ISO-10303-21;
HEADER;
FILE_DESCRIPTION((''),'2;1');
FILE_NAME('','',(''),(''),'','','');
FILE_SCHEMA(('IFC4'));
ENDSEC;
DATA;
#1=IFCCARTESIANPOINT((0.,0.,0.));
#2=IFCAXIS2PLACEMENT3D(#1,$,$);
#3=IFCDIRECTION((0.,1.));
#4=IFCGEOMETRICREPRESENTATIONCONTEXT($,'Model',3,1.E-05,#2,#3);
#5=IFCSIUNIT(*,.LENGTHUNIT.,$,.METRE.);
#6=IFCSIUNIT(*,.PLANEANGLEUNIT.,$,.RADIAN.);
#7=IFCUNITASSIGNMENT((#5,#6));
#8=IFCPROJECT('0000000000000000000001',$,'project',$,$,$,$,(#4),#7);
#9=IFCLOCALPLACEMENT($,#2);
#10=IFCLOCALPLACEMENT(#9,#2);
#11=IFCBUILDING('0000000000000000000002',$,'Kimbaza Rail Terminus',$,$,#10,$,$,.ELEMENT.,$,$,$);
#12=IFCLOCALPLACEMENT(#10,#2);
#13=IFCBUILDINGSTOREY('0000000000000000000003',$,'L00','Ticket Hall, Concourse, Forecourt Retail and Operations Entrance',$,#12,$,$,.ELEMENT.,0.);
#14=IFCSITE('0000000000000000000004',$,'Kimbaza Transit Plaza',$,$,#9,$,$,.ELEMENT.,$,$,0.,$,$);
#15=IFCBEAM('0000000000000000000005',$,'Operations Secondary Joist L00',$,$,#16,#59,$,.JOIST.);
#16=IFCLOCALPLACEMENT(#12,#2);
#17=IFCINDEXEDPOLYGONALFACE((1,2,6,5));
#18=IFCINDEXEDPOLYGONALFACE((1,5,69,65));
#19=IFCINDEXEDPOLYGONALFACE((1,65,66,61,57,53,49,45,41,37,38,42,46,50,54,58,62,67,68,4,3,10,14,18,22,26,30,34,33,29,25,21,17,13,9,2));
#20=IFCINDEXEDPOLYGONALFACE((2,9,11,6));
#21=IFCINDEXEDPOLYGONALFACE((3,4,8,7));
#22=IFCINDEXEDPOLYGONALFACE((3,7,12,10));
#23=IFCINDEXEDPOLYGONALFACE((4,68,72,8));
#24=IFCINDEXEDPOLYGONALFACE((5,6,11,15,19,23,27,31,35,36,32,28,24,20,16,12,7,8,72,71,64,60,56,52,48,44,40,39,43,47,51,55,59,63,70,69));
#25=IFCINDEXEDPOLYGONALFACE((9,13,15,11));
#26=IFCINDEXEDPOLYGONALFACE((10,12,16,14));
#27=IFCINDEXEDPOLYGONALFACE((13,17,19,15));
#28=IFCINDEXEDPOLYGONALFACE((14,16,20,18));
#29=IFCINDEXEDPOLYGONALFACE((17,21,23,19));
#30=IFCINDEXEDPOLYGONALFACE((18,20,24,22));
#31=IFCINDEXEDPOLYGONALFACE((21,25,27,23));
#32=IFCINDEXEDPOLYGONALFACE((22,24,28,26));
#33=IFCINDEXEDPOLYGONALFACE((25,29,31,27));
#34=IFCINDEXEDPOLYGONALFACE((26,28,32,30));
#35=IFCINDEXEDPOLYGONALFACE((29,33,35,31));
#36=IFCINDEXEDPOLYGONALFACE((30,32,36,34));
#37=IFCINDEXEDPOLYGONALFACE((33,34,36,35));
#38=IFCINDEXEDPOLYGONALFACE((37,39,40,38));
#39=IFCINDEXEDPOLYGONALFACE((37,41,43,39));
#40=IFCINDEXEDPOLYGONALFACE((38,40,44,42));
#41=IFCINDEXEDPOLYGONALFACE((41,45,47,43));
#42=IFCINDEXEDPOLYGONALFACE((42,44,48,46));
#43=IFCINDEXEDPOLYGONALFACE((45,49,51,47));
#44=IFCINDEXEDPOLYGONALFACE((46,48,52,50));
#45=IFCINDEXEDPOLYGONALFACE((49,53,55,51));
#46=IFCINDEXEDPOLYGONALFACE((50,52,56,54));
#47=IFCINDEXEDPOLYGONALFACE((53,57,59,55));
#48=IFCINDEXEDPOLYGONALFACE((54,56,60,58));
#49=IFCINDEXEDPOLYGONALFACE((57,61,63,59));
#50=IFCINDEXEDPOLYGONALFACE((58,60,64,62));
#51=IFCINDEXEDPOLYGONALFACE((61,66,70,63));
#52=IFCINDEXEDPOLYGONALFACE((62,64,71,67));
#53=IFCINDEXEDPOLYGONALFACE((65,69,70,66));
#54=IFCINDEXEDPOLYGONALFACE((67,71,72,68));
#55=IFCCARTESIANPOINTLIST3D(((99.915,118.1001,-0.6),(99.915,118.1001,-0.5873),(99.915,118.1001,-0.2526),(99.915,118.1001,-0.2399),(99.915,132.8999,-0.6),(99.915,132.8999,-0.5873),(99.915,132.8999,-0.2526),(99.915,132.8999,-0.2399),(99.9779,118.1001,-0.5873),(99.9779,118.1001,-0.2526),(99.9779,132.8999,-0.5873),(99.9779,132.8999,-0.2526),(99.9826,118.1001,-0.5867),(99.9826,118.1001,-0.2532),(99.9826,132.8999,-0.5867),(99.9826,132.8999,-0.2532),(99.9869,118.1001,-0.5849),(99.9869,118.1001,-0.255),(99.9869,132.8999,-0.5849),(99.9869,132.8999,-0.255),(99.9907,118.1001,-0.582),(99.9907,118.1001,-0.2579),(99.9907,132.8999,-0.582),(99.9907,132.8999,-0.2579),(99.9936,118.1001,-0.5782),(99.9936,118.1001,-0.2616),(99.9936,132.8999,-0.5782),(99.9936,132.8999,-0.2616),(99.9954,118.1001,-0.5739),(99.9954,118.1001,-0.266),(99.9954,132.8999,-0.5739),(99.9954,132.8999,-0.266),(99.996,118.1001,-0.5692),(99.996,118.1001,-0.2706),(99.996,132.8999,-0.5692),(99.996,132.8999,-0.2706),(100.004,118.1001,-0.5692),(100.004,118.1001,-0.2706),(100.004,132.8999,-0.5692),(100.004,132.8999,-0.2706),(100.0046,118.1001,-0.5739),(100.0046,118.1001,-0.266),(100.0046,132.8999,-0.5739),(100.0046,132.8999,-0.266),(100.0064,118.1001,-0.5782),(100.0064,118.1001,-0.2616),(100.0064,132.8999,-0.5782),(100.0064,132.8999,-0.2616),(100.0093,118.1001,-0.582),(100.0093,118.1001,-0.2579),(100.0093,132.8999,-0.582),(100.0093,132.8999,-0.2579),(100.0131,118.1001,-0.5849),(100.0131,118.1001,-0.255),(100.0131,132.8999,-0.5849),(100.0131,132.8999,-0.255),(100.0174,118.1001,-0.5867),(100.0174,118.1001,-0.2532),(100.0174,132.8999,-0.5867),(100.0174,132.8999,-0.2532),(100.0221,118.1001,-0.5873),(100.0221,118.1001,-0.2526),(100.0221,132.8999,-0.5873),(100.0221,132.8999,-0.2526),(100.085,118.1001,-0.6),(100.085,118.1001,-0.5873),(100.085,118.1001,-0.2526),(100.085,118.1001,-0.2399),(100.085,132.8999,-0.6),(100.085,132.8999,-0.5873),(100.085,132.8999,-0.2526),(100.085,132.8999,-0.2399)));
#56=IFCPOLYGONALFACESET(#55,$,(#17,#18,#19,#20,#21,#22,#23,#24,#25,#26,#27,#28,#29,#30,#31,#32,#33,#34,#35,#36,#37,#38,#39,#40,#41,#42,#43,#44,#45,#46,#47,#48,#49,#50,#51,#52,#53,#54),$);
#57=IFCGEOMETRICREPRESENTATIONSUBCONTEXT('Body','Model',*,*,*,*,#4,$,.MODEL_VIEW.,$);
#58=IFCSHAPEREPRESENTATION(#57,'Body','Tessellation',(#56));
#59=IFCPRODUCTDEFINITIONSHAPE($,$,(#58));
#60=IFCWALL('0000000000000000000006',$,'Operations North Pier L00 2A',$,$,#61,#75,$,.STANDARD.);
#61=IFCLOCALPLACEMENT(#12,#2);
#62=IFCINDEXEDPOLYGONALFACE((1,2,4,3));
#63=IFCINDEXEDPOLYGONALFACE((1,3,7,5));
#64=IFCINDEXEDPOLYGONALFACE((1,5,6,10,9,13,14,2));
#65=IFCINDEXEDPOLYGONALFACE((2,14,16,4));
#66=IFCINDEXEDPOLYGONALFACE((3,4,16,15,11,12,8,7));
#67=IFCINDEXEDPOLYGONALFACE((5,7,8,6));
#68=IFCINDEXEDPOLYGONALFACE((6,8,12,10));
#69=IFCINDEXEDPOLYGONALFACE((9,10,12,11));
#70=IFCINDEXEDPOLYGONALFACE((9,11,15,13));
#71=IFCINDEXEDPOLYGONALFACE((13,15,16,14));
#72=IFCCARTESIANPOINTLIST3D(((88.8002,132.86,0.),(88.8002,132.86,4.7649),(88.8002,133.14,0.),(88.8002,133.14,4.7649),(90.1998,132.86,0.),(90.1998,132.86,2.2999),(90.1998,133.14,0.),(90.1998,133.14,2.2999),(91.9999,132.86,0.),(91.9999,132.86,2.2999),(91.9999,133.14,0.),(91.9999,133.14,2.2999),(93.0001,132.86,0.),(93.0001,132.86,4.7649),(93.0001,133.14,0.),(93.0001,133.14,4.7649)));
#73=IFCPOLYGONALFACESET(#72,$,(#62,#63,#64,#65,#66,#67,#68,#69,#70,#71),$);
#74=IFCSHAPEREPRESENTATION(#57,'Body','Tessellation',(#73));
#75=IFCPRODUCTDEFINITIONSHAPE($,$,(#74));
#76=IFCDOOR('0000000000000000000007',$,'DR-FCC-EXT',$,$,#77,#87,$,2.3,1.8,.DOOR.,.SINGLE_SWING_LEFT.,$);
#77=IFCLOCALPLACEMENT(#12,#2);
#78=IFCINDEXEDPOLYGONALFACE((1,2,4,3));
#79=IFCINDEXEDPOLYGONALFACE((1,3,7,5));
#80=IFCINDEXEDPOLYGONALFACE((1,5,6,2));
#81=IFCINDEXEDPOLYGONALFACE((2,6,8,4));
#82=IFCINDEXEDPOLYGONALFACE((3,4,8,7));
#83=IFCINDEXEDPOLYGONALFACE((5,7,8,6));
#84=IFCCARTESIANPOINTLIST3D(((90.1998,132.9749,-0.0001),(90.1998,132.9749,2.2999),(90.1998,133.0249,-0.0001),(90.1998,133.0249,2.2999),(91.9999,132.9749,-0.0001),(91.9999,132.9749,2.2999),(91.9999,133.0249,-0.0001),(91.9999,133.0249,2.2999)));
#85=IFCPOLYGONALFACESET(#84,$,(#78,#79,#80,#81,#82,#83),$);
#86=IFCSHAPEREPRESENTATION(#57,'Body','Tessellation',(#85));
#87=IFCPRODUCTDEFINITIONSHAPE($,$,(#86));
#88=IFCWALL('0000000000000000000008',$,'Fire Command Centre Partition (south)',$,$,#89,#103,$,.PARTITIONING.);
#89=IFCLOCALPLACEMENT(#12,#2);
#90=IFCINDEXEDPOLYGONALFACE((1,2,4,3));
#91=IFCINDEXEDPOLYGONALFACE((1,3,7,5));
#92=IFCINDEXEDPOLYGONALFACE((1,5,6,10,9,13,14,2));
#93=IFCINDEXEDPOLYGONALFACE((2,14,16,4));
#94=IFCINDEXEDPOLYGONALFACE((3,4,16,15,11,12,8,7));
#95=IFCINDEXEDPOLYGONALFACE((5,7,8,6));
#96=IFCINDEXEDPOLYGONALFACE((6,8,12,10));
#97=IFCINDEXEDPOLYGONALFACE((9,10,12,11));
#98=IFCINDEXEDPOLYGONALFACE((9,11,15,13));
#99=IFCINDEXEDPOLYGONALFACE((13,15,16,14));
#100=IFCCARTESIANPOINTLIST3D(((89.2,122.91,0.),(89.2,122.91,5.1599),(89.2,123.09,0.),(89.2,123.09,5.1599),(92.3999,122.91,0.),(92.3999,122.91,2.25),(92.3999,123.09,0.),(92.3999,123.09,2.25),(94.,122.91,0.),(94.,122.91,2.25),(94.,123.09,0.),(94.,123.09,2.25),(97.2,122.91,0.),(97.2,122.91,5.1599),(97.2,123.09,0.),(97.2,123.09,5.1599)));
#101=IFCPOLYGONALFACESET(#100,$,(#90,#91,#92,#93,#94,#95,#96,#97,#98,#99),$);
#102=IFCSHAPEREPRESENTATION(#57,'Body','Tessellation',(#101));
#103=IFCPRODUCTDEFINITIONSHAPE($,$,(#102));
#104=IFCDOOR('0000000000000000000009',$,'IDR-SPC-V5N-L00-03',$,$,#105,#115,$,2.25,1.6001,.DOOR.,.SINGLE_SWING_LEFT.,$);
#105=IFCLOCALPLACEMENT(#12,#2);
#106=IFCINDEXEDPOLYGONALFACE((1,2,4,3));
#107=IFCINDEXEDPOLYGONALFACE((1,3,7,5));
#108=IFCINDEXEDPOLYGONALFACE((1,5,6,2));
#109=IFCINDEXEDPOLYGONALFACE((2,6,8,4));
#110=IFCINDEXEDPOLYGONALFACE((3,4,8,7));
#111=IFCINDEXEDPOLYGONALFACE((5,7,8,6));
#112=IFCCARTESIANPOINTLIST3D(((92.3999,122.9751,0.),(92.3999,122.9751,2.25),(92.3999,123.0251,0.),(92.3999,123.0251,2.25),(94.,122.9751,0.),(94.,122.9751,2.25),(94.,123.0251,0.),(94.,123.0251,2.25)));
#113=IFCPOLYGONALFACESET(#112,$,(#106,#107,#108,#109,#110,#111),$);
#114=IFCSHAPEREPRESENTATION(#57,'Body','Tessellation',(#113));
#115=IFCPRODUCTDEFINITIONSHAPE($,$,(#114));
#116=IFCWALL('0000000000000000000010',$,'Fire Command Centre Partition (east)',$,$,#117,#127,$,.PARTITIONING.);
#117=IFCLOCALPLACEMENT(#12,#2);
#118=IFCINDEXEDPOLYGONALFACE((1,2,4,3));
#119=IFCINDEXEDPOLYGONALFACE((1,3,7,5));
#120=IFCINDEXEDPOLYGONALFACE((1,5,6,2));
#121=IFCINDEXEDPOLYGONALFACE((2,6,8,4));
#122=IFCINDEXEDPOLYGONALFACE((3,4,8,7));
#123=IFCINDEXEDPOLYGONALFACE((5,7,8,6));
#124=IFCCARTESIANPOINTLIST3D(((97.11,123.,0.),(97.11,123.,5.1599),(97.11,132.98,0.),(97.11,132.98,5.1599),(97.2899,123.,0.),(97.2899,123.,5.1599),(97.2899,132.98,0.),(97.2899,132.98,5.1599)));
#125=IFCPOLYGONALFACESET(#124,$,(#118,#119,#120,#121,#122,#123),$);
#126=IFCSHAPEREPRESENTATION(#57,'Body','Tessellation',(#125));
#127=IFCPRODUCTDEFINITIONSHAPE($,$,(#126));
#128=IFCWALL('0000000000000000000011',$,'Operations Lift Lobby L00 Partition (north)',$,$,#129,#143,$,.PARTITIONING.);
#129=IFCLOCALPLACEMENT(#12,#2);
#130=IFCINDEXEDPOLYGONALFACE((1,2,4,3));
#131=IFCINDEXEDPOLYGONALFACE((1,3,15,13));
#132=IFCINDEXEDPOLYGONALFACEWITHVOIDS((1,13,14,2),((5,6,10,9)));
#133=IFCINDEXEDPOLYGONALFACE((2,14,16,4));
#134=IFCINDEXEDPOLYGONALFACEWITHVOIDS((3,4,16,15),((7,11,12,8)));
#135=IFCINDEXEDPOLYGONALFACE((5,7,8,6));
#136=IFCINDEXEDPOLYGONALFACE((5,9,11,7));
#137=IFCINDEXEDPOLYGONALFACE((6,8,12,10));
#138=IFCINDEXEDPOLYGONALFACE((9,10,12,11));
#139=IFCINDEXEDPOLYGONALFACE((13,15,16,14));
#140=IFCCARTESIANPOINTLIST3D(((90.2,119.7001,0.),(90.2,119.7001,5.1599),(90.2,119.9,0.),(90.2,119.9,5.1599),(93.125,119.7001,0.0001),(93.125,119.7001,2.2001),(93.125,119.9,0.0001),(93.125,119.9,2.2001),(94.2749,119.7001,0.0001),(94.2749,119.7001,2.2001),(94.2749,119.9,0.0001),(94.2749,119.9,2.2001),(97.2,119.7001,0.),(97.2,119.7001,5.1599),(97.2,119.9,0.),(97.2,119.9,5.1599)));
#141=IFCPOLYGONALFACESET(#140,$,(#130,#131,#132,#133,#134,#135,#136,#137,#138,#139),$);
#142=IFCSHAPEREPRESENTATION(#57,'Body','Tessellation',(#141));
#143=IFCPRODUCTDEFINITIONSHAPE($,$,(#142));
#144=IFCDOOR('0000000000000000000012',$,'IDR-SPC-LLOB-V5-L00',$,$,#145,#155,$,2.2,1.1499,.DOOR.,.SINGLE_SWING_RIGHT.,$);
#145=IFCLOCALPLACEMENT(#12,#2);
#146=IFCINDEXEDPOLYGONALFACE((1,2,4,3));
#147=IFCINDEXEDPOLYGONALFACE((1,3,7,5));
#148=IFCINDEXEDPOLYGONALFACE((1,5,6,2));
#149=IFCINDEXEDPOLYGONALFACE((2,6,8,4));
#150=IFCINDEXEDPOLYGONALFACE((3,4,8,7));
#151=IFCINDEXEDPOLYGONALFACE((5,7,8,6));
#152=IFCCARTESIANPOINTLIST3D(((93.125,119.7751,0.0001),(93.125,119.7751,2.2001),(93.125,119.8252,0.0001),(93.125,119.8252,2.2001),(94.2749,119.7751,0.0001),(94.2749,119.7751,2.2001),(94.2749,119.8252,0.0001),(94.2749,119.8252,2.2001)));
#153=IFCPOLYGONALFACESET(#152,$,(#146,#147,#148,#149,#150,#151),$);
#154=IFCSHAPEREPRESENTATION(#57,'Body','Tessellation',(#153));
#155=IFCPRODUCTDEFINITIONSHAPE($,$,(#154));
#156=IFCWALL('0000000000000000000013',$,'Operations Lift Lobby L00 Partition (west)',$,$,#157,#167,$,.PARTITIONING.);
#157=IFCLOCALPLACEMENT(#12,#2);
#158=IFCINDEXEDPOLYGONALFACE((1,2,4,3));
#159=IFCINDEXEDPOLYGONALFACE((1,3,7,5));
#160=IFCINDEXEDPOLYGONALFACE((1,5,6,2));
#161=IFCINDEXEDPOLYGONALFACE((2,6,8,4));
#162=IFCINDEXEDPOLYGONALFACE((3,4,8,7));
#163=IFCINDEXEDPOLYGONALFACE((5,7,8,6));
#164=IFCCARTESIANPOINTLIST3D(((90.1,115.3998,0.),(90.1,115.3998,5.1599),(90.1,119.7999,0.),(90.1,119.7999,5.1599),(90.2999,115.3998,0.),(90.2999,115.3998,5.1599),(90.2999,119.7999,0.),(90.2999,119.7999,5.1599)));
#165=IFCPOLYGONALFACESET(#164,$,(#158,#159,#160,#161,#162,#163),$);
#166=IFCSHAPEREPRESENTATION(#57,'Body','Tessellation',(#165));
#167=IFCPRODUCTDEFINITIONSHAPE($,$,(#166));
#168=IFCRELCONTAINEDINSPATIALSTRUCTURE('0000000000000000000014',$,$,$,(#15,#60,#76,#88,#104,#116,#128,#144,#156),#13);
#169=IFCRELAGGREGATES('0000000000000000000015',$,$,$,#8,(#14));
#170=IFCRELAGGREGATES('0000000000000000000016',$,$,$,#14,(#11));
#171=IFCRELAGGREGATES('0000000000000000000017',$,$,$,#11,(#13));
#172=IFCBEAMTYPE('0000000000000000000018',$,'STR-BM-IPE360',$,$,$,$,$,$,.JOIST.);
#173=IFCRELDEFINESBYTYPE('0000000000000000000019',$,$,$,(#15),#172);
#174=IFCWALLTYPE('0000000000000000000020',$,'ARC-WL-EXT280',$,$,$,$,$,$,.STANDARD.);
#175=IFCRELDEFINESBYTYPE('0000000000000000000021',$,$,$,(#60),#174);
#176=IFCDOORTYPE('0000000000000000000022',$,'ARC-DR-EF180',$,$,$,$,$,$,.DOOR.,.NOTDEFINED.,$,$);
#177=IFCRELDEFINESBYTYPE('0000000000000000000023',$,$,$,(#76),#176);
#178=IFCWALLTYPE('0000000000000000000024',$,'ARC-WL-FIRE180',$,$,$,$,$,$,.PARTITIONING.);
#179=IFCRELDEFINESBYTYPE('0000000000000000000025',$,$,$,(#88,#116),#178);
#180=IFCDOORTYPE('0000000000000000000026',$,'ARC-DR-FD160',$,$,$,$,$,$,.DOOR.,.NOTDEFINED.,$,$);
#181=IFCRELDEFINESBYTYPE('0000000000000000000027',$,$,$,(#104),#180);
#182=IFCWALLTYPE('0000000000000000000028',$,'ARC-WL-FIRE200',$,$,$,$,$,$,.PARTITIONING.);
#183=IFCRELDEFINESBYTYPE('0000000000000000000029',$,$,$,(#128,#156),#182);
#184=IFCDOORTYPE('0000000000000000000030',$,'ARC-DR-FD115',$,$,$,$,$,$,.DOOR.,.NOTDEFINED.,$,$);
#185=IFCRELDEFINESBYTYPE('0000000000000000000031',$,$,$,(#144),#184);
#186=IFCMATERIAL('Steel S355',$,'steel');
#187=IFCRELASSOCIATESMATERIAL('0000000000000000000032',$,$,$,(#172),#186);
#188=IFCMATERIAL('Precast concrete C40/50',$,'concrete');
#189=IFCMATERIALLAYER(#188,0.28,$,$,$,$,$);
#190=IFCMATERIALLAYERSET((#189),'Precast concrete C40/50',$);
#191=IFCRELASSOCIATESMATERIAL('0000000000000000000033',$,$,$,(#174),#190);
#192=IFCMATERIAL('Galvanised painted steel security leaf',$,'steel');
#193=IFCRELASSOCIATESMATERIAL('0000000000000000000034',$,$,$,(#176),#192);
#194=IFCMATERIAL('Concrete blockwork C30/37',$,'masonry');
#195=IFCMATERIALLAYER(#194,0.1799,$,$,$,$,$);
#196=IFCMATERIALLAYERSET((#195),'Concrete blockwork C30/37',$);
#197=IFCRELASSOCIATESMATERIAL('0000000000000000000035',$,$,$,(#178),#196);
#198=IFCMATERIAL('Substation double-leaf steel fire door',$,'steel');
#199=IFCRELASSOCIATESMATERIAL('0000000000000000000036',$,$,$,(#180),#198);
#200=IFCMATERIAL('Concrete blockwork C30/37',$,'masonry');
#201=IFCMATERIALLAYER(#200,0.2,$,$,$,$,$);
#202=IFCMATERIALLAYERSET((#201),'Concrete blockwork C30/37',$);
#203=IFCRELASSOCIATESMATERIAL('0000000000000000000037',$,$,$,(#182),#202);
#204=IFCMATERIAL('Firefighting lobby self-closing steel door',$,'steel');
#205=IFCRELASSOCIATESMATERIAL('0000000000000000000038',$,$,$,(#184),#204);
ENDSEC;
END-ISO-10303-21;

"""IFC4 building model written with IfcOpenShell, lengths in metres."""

from ifc_helpers import new_model, si_unit, direction, frame, frame_2d, origin, origin_2d, place, context, subcontext, project, spatial, rectangle, i_section, extrude, material, layer, layer_set, material_profile, profile_set, type_object, element, fill, save


model = new_model("IFC4")

# Units and contexts
model_context = context("Model", 3, precision=1e-05, world=origin(), true_north=direction((0.0, 1.0)))
body_context = subcontext(model_context, "Body", "Model", "MODEL_VIEW")
ifc_project = project(units=[si_unit("LENGTHUNIT", "METRE"), si_unit("PLANEANGLEUNIT", "RADIAN")], contexts=[model_context])

# Site, building, storey
site_placement = place(None, origin())
site = spatial("IfcSite", under=ifc_project, at=site_placement, Name="Kimbaza Transit Plaza", CompositionType="ELEMENT", RefElevation=0.0)
building_placement = place(site_placement, origin())
building = spatial("IfcBuilding", under=site, at=building_placement, Name="Kimbaza Rail Terminus", CompositionType="ELEMENT")
storey_placement = place(building_placement, origin())
storey = spatial("IfcBuildingStorey", under=building, at=storey_placement, Name="L00", Description="Ticket Hall, Concourse, Forecourt Retail and Operations Entrance", CompositionType="ELEMENT", Elevation=0.0)

# Beam
ifc_material_1 = material(Name="Steel S355", Category="steel")
ifc_material_profile_1 = material_profile(ifc_material_1, i_section(OverallWidth=0.1699, OverallDepth=0.3601, WebThickness=0.0081, FlangeThickness=0.0127, FilletRadius=0.0181, at=origin_2d()), Name="IPE 360")
ifc_profile_set_1 = profile_set([ifc_material_profile_1], Name="Steel S355")
beam_type_1 = type_object("IfcBeamType", Name="STR-BM-IPE360", PredefinedType="JOIST", material=ifc_profile_set_1)
for number, where, z_axis, x_axis, name in (
    (1, (100.0, 118.1001, -0.4199), (0.0, 1.0, 0.0), (-1.0, 0.0, 0.0), "Operations Secondary Joist L00"),
):
    element("IfcBeam", number, at=place(storey_placement, frame(where, z_axis=z_axis, x_axis=x_axis)), inside=storey, type_object=beam_type_1, Name=name, PredefinedType="JOIST", context=body_context, shape_type="SweptSolid", body=[
        extrude(i_section(OverallWidth=0.1699, OverallDepth=0.3601, WebThickness=0.0081, FlangeThickness=0.0127, FilletRadius=0.0181, at=origin_2d()), origin(), (0.0, 0.0, 1.0), 14.7998),
    ])

# Walls, openings, doors
ifc_material_2 = material(Name="Precast concrete C40/50", Category="concrete")
ifc_layer_1 = layer(ifc_material_2, 0.28)
ifc_layer_set_1 = layer_set([ifc_layer_1], Name="Precast concrete C40/50")
wall_type_1 = type_object("IfcWallType", Name="ARC-WL-EXT280", PredefinedType="STANDARD", material=ifc_layer_set_1)
wall_1_placement = place(storey_placement, frame((88.8, 133.0, 0.0), z_axis=(0.0, 0.0, 1.0), x_axis=(1.0, 0.0, 0.0)))
wall_1 = element("IfcWall", 2, at=wall_1_placement, inside=storey, type_object=wall_type_1, Name="Operations North Pier L00 2A", PredefinedType="STANDARD", context=body_context, shape_type="SweptSolid", body=[
    extrude(rectangle(XDim=4.2, YDim=0.28, at=frame_2d((2.1001, 0.0))), origin(), (0.0, 0.0, 1.0), 4.7649),
])
opening_1_placement = place(wall_1_placement, frame((1.3999, 0.0, 0.0)))
opening_1 = element("IfcOpeningElement", 3, at=opening_1_placement, cuts=wall_1, PredefinedType="OPENING", context=body_context, shape_type="SweptSolid", body=[
    extrude(rectangle(XDim=1.8, YDim=2.3, at=frame_2d((0.8999, 1.1499))), frame((0.0, 0.1499, 0.0), z_axis=(0.0, -1.0, 0.0), x_axis=(1.0, 0.0, 0.0)), (0.0, 0.0, 1.0), 0.3),
])
ifc_material_3 = material(Name="Galvanised painted steel security leaf", Category="steel")
door_type_1 = type_object("IfcDoorType", Name="ARC-DR-EF180", OperationType="NOTDEFINED", PredefinedType="DOOR", material=ifc_material_3)
door_1_placement = place(opening_1_placement, origin())
door_1 = element("IfcDoor", 4, at=door_1_placement, inside=storey, type_object=door_type_1, Name="DR-FCC-EXT", OperationType="SINGLE_SWING_LEFT", OverallHeight=2.3, OverallWidth=1.8, PredefinedType="DOOR", context=body_context, shape_type="SweptSolid", body=[
    extrude(rectangle(XDim=1.8, YDim=2.3, at=frame_2d((0.8999, 1.1499))), frame((0.0, 0.0249, 0.0), z_axis=(0.0, -1.0, 0.0), x_axis=(1.0, 0.0, 0.0)), (0.0, 0.0, 1.0), 0.05),
])
fill(opening_1, door_1)
ifc_material_4 = material(Name="Concrete blockwork C30/37", Category="masonry")
ifc_layer_2 = layer(ifc_material_4, 0.1799)
ifc_layer_set_2 = layer_set([ifc_layer_2], Name="Concrete blockwork C30/37")
wall_type_2 = type_object("IfcWallType", Name="ARC-WL-FIRE180", PredefinedType="PARTITIONING", material=ifc_layer_set_2)
wall_2_placement = place(storey_placement, frame((89.2, 123.0, 0.0), z_axis=(0.0, 0.0, 1.0), x_axis=(1.0, 0.0, 0.0)))
wall_2 = element("IfcWall", 5, at=wall_2_placement, inside=storey, type_object=wall_type_2, Name="Fire Command Centre Partition (south)", PredefinedType="PARTITIONING", context=body_context, shape_type="SweptSolid", body=[
    extrude(rectangle(XDim=8.0, YDim=0.1799, at=frame_2d((4.0, 0.0))), origin(), (0.0, 0.0, 1.0), 5.1599),
])
opening_2_placement = place(wall_2_placement, frame((4.8, 0.0, 0.0), z_axis=(0.0, 0.0, 1.0), x_axis=(-1.0, 0.0, 0.0)))
opening_2 = element("IfcOpeningElement", 6, at=opening_2_placement, cuts=wall_2, PredefinedType="OPENING", context=body_context, shape_type="SweptSolid", body=[
    extrude(rectangle(XDim=1.6001, YDim=2.25, at=frame_2d((0.8, 1.125))), frame((0.0, 0.0999, 0.0), z_axis=(0.0, -1.0, 0.0), x_axis=(1.0, 0.0, 0.0)), (0.0, 0.0, 1.0), 0.2),
])
ifc_material_5 = material(Name="Substation double-leaf steel fire door", Category="steel")
door_type_2 = type_object("IfcDoorType", Name="ARC-DR-FD160", OperationType="NOTDEFINED", PredefinedType="DOOR", material=ifc_material_5)
door_2_placement = place(opening_2_placement, origin())
door_2 = element("IfcDoor", 7, at=door_2_placement, inside=storey, type_object=door_type_2, Name="IDR-SPC-V5N-L00-03", OperationType="SINGLE_SWING_LEFT", OverallHeight=2.25, OverallWidth=1.6001, PredefinedType="DOOR", context=body_context, shape_type="SweptSolid", body=[
    extrude(rectangle(XDim=1.6001, YDim=2.25, at=frame_2d((0.8, 1.125))), frame((0.0, 0.0249, 0.0), z_axis=(0.0, -1.0, 0.0), x_axis=(1.0, 0.0, 0.0)), (0.0, 0.0, 1.0), 0.05),
])
fill(opening_2, door_2)

# Wall
wall_3_placement = place(storey_placement, frame((97.2, 123.0, 0.0), z_axis=(0.0, 0.0, 1.0), x_axis=(0.0, 1.0, 0.0)))
element("IfcWall", 8, at=wall_3_placement, inside=storey, type_object=wall_type_2, Name="Fire Command Centre Partition (east)", PredefinedType="PARTITIONING", context=body_context, shape_type="SweptSolid", body=[
    extrude(rectangle(XDim=9.98, YDim=0.1799, at=frame_2d((4.99, 0.0))), origin(), (0.0, 0.0, 1.0), 5.1599),
])

# Wall, opening, door
ifc_material_6 = material(Name="Concrete blockwork C30/37", Category="masonry")
ifc_layer_3 = layer(ifc_material_6, 0.2)
ifc_layer_set_3 = layer_set([ifc_layer_3], Name="Concrete blockwork C30/37")
wall_type_3 = type_object("IfcWallType", Name="ARC-WL-FIRE200", PredefinedType="PARTITIONING", material=ifc_layer_set_3)
wall_4_placement = place(storey_placement, frame((97.2, 119.8, 0.0), z_axis=(0.0, 0.0, 1.0), x_axis=(-1.0, 0.0, 0.0)))
wall_4 = element("IfcWall", 9, at=wall_4_placement, inside=storey, type_object=wall_type_3, Name="Operations Lift Lobby L00 Partition (north)", PredefinedType="PARTITIONING", context=body_context, shape_type="SweptSolid", body=[
    extrude(rectangle(XDim=7.0, YDim=0.2, at=frame_2d((3.5, 0.0))), origin(), (0.0, 0.0, 1.0), 5.1599),
])
opening_3_placement = place(wall_4_placement, frame((2.925, 0.0, 0.0)))
opening_3 = element("IfcOpeningElement", 10, at=opening_3_placement, cuts=wall_4, PredefinedType="OPENING", context=body_context, shape_type="SweptSolid", body=[
    extrude(rectangle(XDim=1.1499, YDim=2.2, at=frame_2d((0.575, 1.1001))), frame((0.0, 0.1099, 0.0), z_axis=(0.0, -1.0, 0.0), x_axis=(1.0, 0.0, 0.0)), (0.0, 0.0, 1.0), 0.22),
])
ifc_material_7 = material(Name="Firefighting lobby self-closing steel door", Category="steel")
door_type_3 = type_object("IfcDoorType", Name="ARC-DR-FD115", OperationType="NOTDEFINED", PredefinedType="DOOR", material=ifc_material_7)
door_3_placement = place(opening_3_placement, origin())
door_3 = element("IfcDoor", 11, at=door_3_placement, inside=storey, type_object=door_type_3, Name="IDR-SPC-LLOB-V5-L00", OperationType="SINGLE_SWING_RIGHT", OverallHeight=2.2, OverallWidth=1.1499, PredefinedType="DOOR", context=body_context, shape_type="SweptSolid", body=[
    extrude(rectangle(XDim=1.1499, YDim=2.2, at=frame_2d((0.575, 1.1001))), frame((0.0, 0.0249, 0.0), z_axis=(0.0, -1.0, 0.0), x_axis=(1.0, 0.0, 0.0)), (0.0, 0.0, 1.0), 0.05),
])
fill(opening_3, door_3)

# Wall
wall_5_placement = place(storey_placement, frame((90.2, 119.8, 0.0), z_axis=(0.0, 0.0, 1.0), x_axis=(0.0, -1.0, 0.0)))
element("IfcWall", 12, at=wall_5_placement, inside=storey, type_object=wall_type_3, Name="Operations Lift Lobby L00 Partition (west)", PredefinedType="PARTITIONING", context=body_context, shape_type="SweptSolid", body=[
    extrude(rectangle(XDim=4.4001, YDim=0.2, at=frame_2d((2.2002, 0.0))), origin(), (0.0, 0.0, 1.0), 5.1599),
])

save(model, "model.ifc")
